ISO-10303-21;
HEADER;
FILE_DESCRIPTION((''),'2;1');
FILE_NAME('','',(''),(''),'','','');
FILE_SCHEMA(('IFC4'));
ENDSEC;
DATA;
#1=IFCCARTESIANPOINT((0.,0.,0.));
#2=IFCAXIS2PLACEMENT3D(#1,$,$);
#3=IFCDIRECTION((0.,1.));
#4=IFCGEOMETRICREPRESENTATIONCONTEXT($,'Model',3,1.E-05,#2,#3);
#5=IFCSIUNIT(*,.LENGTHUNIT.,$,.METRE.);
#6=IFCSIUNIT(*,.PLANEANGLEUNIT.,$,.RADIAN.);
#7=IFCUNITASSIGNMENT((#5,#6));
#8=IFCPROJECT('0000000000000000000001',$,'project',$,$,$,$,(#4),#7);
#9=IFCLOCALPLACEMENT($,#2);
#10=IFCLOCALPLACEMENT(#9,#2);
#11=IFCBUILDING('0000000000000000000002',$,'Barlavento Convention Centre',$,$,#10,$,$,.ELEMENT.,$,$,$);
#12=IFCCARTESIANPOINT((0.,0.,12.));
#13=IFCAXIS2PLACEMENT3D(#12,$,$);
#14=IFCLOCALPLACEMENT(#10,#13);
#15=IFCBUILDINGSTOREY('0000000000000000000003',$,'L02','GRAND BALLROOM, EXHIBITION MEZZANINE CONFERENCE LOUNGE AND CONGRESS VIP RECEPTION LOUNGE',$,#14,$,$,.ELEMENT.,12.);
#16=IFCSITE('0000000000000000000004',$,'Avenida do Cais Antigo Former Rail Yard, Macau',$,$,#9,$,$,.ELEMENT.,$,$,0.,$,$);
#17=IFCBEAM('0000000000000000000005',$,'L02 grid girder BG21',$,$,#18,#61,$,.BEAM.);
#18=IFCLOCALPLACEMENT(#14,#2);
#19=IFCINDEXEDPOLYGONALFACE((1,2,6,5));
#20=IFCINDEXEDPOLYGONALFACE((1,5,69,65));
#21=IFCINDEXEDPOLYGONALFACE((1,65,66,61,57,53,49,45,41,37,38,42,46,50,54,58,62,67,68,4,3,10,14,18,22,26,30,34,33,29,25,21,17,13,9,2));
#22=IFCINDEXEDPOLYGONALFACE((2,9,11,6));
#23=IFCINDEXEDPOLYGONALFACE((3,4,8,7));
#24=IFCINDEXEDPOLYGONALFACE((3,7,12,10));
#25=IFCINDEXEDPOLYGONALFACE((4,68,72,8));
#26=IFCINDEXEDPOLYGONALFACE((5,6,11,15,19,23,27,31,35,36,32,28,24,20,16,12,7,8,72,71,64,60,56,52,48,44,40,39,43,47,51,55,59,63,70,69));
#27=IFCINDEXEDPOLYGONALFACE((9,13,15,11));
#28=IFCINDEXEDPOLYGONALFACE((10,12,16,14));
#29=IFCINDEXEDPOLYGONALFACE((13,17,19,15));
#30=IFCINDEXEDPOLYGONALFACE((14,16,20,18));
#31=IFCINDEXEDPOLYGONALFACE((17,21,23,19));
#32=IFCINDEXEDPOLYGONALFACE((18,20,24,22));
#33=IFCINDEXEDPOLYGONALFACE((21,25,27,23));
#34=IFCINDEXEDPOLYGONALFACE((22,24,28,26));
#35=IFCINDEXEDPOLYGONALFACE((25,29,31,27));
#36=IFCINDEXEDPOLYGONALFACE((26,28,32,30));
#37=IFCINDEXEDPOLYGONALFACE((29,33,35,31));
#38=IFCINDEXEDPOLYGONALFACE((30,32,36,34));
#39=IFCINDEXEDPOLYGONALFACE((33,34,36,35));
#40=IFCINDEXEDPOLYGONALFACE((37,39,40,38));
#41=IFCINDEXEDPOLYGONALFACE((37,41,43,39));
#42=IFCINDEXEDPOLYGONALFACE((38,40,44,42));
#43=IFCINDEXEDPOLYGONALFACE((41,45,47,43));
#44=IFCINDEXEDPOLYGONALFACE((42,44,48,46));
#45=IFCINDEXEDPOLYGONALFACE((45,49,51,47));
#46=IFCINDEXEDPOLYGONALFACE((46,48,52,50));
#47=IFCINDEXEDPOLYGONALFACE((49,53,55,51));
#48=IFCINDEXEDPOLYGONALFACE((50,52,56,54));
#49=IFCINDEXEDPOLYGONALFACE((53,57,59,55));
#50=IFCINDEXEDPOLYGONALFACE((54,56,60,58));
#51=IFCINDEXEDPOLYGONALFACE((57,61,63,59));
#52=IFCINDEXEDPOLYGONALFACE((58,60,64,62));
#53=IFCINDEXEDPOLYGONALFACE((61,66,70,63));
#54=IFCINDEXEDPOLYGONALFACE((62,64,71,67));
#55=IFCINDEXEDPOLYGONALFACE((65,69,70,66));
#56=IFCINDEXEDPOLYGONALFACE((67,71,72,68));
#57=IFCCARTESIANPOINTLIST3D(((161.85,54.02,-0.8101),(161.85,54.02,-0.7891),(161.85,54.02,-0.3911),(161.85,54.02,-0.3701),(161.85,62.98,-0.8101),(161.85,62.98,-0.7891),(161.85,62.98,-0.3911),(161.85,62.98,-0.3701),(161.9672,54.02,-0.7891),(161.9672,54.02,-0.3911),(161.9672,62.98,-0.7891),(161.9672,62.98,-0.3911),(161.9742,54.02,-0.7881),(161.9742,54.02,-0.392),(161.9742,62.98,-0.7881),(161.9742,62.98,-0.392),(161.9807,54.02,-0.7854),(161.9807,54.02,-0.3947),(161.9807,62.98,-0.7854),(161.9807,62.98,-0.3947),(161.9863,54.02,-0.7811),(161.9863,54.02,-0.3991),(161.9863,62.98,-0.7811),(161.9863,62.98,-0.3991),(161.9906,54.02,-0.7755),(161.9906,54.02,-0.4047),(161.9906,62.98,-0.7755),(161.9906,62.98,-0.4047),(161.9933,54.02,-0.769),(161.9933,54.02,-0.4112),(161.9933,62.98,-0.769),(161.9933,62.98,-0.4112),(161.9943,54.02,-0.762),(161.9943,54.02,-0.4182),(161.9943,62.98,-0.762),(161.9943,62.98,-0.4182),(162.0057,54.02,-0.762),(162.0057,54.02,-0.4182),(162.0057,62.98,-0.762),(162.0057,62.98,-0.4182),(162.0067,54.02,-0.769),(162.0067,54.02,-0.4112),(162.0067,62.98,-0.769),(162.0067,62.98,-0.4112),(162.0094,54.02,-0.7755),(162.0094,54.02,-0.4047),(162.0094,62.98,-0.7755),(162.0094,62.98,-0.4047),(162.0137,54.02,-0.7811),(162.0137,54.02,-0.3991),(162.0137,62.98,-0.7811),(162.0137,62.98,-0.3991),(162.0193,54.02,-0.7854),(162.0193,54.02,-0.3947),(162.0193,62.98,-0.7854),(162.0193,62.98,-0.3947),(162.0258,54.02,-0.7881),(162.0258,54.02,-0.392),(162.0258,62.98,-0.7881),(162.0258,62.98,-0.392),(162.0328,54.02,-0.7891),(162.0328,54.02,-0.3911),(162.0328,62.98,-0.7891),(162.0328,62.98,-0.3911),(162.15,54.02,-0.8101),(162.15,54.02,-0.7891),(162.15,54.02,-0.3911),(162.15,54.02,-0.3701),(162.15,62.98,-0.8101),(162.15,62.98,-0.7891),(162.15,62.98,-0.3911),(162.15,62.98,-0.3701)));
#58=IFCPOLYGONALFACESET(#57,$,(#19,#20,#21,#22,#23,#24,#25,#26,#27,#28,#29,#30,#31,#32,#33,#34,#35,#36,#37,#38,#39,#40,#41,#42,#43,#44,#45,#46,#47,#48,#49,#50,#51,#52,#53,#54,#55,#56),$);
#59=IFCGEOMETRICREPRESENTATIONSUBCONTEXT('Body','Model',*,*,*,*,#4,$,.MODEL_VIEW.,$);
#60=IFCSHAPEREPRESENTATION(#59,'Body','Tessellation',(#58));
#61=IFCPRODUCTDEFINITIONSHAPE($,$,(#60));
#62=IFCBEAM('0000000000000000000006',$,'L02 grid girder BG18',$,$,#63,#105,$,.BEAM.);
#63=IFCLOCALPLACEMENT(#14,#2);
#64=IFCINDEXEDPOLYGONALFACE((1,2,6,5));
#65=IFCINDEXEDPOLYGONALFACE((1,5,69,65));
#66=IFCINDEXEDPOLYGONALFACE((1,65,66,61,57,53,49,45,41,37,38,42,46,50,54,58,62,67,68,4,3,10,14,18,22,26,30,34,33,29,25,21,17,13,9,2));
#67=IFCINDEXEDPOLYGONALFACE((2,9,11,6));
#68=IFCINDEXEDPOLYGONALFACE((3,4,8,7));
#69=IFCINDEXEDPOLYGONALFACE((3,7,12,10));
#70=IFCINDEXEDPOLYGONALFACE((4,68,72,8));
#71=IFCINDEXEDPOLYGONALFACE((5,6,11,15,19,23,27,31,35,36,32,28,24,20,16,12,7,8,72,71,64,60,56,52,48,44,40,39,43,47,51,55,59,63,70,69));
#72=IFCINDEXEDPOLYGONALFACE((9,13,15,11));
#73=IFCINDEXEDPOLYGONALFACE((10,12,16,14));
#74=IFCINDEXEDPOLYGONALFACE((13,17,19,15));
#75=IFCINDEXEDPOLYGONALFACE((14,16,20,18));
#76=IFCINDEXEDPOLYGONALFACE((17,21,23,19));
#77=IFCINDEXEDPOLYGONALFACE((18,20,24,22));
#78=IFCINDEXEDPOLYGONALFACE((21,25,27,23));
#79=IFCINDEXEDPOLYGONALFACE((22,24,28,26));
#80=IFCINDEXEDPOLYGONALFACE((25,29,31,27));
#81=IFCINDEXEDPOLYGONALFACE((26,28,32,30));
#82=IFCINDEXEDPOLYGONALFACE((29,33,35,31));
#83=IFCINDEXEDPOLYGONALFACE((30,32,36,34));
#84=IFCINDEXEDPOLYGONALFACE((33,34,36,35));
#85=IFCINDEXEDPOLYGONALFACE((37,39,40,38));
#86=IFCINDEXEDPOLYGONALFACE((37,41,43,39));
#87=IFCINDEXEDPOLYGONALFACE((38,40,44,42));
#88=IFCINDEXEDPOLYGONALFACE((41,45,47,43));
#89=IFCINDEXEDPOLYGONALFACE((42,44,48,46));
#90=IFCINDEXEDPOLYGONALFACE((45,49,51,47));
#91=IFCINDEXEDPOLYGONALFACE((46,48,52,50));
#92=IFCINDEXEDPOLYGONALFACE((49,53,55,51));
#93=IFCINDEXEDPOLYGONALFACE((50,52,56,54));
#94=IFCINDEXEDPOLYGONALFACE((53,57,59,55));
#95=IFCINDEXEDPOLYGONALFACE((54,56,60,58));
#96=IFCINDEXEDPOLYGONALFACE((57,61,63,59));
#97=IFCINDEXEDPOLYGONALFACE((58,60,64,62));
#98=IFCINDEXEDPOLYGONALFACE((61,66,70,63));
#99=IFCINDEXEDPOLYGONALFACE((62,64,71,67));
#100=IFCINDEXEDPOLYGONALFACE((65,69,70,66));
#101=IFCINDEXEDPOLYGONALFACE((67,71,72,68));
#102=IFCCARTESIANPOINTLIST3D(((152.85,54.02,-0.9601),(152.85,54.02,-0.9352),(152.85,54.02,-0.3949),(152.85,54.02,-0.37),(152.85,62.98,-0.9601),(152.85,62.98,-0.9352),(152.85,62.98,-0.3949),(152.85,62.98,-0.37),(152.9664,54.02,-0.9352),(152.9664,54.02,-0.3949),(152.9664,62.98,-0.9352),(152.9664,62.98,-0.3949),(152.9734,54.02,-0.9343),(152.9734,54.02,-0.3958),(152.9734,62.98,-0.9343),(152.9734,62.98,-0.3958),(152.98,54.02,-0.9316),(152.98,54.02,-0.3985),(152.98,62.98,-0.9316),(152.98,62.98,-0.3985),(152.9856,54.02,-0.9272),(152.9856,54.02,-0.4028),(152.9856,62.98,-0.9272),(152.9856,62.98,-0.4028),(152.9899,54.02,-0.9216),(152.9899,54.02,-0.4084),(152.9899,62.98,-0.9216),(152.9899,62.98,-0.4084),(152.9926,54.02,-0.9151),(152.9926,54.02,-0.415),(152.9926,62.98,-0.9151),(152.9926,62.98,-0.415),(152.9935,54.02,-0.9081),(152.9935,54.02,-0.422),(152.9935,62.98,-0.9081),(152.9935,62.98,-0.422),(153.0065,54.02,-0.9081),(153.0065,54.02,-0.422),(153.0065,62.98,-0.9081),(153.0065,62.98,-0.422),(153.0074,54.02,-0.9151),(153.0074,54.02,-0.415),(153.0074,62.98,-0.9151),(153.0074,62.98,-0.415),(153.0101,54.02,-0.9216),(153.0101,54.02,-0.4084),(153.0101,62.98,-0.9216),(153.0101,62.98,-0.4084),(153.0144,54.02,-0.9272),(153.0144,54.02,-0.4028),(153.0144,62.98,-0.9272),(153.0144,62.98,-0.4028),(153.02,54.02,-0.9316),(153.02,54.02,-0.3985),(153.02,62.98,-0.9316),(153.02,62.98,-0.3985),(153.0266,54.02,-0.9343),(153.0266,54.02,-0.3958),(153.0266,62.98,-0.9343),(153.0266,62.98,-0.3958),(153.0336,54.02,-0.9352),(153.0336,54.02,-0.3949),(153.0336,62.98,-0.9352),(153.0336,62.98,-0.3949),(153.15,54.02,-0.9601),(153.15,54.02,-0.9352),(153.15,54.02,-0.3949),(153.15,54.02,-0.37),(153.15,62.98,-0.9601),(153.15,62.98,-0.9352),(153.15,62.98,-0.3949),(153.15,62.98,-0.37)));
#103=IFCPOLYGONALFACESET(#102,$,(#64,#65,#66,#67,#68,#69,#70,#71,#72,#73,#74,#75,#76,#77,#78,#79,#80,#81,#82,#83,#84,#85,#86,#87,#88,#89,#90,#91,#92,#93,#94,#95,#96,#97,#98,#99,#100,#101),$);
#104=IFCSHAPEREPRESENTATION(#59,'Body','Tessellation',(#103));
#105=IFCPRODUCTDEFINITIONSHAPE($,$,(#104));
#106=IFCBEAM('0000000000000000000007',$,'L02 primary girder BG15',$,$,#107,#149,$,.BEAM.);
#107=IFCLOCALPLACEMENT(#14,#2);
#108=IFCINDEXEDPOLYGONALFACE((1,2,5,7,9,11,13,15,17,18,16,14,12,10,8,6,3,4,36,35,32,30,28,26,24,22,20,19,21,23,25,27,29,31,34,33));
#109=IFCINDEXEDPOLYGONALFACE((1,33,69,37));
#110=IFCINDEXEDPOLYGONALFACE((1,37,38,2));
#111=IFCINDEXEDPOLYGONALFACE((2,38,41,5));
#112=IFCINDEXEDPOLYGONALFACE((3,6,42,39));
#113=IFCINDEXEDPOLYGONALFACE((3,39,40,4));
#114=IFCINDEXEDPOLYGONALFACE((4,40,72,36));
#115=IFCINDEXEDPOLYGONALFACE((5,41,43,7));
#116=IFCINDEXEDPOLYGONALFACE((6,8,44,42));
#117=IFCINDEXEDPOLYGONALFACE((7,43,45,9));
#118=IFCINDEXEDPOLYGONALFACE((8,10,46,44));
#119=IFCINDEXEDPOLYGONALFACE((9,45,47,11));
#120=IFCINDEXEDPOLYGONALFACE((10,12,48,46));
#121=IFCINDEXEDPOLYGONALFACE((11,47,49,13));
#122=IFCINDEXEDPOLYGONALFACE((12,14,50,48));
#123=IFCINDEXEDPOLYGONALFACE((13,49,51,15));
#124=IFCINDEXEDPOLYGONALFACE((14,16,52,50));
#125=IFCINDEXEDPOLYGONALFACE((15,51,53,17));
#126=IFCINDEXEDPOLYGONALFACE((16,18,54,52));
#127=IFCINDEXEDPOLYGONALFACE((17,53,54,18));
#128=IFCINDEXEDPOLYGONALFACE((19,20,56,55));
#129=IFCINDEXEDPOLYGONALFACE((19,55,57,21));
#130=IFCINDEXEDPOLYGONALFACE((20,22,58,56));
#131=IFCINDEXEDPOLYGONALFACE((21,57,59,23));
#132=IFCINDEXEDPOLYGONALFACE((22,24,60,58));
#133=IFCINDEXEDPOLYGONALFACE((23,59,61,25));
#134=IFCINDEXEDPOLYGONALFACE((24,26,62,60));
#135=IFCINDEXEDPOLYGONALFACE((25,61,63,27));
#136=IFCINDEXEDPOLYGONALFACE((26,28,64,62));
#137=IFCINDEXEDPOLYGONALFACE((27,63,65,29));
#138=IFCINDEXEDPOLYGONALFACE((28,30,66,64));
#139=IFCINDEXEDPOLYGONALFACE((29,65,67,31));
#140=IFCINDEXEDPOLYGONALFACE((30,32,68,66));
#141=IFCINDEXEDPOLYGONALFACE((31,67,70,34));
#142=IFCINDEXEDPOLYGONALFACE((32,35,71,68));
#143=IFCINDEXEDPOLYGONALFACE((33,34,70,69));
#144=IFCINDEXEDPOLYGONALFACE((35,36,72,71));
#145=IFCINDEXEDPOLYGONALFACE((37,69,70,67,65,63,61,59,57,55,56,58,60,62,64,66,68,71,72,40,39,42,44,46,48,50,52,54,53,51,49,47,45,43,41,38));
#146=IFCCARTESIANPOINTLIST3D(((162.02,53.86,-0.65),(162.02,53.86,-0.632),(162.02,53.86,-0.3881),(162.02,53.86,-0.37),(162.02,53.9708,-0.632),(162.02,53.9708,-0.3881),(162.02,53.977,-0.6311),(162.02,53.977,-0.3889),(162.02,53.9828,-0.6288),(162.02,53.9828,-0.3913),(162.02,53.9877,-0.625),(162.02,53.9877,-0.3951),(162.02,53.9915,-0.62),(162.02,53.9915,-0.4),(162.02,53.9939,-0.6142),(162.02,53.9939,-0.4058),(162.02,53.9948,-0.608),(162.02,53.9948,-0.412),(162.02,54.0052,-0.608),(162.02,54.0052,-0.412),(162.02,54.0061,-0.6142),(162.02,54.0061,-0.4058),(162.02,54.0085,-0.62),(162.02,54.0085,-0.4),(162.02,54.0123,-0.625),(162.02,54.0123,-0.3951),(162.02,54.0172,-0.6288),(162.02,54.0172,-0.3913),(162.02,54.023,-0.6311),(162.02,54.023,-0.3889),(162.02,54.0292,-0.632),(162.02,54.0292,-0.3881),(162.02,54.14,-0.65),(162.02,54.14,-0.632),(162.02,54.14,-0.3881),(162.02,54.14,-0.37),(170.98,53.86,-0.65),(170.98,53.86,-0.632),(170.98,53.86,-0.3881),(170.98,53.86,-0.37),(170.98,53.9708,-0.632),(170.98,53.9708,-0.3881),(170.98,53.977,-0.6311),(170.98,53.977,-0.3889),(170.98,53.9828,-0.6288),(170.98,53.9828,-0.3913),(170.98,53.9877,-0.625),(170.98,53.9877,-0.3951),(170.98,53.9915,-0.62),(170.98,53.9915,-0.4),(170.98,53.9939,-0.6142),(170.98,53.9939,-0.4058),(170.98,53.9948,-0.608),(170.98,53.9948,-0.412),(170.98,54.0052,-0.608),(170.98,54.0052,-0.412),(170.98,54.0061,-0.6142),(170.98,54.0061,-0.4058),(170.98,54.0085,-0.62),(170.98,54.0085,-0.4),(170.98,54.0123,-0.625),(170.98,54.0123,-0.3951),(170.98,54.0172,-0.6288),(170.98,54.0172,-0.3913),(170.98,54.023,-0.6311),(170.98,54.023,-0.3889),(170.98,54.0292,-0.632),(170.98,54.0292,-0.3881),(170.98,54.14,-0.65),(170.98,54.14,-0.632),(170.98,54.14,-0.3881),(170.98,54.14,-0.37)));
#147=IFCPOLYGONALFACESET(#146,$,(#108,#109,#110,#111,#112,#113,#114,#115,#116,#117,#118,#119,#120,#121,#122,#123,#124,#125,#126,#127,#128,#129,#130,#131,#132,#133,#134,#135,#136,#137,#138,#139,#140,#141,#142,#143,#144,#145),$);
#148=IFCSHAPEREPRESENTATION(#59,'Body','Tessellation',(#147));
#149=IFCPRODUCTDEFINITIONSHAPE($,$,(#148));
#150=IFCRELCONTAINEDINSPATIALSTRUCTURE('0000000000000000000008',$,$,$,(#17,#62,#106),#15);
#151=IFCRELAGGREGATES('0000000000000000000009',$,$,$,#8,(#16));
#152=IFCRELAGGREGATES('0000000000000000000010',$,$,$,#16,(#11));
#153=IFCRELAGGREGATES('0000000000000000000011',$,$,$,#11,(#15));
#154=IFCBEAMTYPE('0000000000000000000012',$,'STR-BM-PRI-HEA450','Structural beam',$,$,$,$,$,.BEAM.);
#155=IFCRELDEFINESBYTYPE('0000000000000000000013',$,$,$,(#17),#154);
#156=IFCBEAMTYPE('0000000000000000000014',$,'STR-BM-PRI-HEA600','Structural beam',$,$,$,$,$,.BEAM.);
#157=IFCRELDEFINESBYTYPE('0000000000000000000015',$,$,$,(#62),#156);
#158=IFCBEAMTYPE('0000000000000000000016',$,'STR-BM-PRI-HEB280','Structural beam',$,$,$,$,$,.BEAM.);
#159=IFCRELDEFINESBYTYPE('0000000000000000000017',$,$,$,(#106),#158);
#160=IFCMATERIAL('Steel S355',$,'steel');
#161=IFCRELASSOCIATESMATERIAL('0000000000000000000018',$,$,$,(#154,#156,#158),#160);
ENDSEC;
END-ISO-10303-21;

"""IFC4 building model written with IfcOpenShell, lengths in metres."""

from ifc_helpers import new_model, si_unit, direction, frame, origin, origin_2d, place, context, subcontext, project, spatial, i_section, extrude, material, material_profile, profile_set, type_object, element, save


model = new_model("IFC4")

# Units and contexts
model_context = context("Model", 3, precision=1e-05, world=origin(), true_north=direction((0.0, 1.0)))
body_context = subcontext(model_context, "Body", "Model", "MODEL_VIEW")
ifc_project = project(units=[si_unit("LENGTHUNIT", "METRE"), si_unit("PLANEANGLEUNIT", "RADIAN")], contexts=[model_context])

# Site, building, storey
site_placement = place(None, origin())
site = spatial("IfcSite", under=ifc_project, at=site_placement, Name="Avenida do Cais Antigo Former Rail Yard, Macau", CompositionType="ELEMENT", RefElevation=0.0)
building_placement = place(site_placement, origin())
building = spatial("IfcBuilding", under=site, at=building_placement, Name="Barlavento Convention Centre", CompositionType="ELEMENT")
storey_placement = place(building_placement, frame((0.0, 0.0, 12.0)))
storey = spatial("IfcBuildingStorey", under=building, at=storey_placement, Name="L02", Description="GRAND BALLROOM, EXHIBITION MEZZANINE CONFERENCE LOUNGE AND CONGRESS VIP RECEPTION LOUNGE", CompositionType="ELEMENT", Elevation=12.0)

# Shared definitions
ifc_material_1 = material(Name="Steel S355", Category="steel")

# Beams
ifc_material_profile_1 = material_profile(ifc_material_1, i_section(OverallWidth=0.3, OverallDepth=0.4399, WebThickness=0.0115, FlangeThickness=0.021, FilletRadius=0.0271, at=origin_2d()), Name="HEA 450")
ifc_profile_set_1 = profile_set([ifc_material_profile_1], Name="Steel S355")
beam_type_1 = type_object("IfcBeamType", Name="STR-BM-PRI-HEA450", Description="Structural beam", PredefinedType="BEAM", material=ifc_profile_set_1)
beam_1_placement = place(storey_placement, frame((162.0, 54.02, -0.5901), z_axis=(0.0, 1.0, 0.0), x_axis=(-1.0, 0.0, 0.0)))
element("IfcBeam", 1, at=beam_1_placement, inside=storey, type_object=beam_type_1, Name="L02 grid girder BG21", PredefinedType="BEAM", context=body_context, shape_type="SweptSolid", body=[
    extrude(i_section(OverallWidth=0.3, OverallDepth=0.4399, WebThickness=0.0115, FlangeThickness=0.021, FilletRadius=0.0271, at=origin_2d()), origin(), (0.0, 0.0, 1.0), 8.96),
])
ifc_material_profile_2 = material_profile(ifc_material_1, i_section(OverallWidth=0.3, OverallDepth=0.5901, WebThickness=0.0129, FlangeThickness=0.0249, FilletRadius=0.0271, at=origin_2d()), Name="HEA 600")
ifc_profile_set_2 = profile_set([ifc_material_profile_2], Name="Steel S355")
beam_type_2 = type_object("IfcBeamType", Name="STR-BM-PRI-HEA600", Description="Structural beam", PredefinedType="BEAM", material=ifc_profile_set_2)
beam_2_placement = place(storey_placement, frame((153.0, 54.02, -0.665), z_axis=(0.0, 1.0, 0.0), x_axis=(-1.0, 0.0, 0.0)))
element("IfcBeam", 2, at=beam_2_placement, inside=storey, type_object=beam_type_2, Name="L02 grid girder BG18", PredefinedType="BEAM", context=body_context, shape_type="SweptSolid", body=[
    extrude(i_section(OverallWidth=0.3, OverallDepth=0.5901, WebThickness=0.0129, FlangeThickness=0.0249, FilletRadius=0.0271, at=origin_2d()), origin(), (0.0, 0.0, 1.0), 8.96),
])
ifc_material_profile_3 = material_profile(ifc_material_1, i_section(OverallWidth=0.28, OverallDepth=0.28, WebThickness=0.0105, FlangeThickness=0.0181, FilletRadius=0.0239, at=origin_2d()), Name="HEB 280")
ifc_profile_set_3 = profile_set([ifc_material_profile_3], Name="Steel S355")
beam_type_3 = type_object("IfcBeamType", Name="STR-BM-PRI-HEB280", Description="Structural beam", PredefinedType="BEAM", material=ifc_profile_set_3)
beam_3_placement = place(storey_placement, frame((162.02, 54.0, -0.51), z_axis=(1.0, 0.0, 0.0), x_axis=(0.0, 1.0, 0.0)))
element("IfcBeam", 3, at=beam_3_placement, inside=storey, type_object=beam_type_3, Name="L02 primary girder BG15", PredefinedType="BEAM", context=body_context, shape_type="SweptSolid", body=[
    extrude(i_section(OverallWidth=0.28, OverallDepth=0.28, WebThickness=0.0105, FlangeThickness=0.0181, FilletRadius=0.0239, at=origin_2d()), origin(), (0.0, 0.0, 1.0), 8.96),
])

save(model, "model.ifc")
